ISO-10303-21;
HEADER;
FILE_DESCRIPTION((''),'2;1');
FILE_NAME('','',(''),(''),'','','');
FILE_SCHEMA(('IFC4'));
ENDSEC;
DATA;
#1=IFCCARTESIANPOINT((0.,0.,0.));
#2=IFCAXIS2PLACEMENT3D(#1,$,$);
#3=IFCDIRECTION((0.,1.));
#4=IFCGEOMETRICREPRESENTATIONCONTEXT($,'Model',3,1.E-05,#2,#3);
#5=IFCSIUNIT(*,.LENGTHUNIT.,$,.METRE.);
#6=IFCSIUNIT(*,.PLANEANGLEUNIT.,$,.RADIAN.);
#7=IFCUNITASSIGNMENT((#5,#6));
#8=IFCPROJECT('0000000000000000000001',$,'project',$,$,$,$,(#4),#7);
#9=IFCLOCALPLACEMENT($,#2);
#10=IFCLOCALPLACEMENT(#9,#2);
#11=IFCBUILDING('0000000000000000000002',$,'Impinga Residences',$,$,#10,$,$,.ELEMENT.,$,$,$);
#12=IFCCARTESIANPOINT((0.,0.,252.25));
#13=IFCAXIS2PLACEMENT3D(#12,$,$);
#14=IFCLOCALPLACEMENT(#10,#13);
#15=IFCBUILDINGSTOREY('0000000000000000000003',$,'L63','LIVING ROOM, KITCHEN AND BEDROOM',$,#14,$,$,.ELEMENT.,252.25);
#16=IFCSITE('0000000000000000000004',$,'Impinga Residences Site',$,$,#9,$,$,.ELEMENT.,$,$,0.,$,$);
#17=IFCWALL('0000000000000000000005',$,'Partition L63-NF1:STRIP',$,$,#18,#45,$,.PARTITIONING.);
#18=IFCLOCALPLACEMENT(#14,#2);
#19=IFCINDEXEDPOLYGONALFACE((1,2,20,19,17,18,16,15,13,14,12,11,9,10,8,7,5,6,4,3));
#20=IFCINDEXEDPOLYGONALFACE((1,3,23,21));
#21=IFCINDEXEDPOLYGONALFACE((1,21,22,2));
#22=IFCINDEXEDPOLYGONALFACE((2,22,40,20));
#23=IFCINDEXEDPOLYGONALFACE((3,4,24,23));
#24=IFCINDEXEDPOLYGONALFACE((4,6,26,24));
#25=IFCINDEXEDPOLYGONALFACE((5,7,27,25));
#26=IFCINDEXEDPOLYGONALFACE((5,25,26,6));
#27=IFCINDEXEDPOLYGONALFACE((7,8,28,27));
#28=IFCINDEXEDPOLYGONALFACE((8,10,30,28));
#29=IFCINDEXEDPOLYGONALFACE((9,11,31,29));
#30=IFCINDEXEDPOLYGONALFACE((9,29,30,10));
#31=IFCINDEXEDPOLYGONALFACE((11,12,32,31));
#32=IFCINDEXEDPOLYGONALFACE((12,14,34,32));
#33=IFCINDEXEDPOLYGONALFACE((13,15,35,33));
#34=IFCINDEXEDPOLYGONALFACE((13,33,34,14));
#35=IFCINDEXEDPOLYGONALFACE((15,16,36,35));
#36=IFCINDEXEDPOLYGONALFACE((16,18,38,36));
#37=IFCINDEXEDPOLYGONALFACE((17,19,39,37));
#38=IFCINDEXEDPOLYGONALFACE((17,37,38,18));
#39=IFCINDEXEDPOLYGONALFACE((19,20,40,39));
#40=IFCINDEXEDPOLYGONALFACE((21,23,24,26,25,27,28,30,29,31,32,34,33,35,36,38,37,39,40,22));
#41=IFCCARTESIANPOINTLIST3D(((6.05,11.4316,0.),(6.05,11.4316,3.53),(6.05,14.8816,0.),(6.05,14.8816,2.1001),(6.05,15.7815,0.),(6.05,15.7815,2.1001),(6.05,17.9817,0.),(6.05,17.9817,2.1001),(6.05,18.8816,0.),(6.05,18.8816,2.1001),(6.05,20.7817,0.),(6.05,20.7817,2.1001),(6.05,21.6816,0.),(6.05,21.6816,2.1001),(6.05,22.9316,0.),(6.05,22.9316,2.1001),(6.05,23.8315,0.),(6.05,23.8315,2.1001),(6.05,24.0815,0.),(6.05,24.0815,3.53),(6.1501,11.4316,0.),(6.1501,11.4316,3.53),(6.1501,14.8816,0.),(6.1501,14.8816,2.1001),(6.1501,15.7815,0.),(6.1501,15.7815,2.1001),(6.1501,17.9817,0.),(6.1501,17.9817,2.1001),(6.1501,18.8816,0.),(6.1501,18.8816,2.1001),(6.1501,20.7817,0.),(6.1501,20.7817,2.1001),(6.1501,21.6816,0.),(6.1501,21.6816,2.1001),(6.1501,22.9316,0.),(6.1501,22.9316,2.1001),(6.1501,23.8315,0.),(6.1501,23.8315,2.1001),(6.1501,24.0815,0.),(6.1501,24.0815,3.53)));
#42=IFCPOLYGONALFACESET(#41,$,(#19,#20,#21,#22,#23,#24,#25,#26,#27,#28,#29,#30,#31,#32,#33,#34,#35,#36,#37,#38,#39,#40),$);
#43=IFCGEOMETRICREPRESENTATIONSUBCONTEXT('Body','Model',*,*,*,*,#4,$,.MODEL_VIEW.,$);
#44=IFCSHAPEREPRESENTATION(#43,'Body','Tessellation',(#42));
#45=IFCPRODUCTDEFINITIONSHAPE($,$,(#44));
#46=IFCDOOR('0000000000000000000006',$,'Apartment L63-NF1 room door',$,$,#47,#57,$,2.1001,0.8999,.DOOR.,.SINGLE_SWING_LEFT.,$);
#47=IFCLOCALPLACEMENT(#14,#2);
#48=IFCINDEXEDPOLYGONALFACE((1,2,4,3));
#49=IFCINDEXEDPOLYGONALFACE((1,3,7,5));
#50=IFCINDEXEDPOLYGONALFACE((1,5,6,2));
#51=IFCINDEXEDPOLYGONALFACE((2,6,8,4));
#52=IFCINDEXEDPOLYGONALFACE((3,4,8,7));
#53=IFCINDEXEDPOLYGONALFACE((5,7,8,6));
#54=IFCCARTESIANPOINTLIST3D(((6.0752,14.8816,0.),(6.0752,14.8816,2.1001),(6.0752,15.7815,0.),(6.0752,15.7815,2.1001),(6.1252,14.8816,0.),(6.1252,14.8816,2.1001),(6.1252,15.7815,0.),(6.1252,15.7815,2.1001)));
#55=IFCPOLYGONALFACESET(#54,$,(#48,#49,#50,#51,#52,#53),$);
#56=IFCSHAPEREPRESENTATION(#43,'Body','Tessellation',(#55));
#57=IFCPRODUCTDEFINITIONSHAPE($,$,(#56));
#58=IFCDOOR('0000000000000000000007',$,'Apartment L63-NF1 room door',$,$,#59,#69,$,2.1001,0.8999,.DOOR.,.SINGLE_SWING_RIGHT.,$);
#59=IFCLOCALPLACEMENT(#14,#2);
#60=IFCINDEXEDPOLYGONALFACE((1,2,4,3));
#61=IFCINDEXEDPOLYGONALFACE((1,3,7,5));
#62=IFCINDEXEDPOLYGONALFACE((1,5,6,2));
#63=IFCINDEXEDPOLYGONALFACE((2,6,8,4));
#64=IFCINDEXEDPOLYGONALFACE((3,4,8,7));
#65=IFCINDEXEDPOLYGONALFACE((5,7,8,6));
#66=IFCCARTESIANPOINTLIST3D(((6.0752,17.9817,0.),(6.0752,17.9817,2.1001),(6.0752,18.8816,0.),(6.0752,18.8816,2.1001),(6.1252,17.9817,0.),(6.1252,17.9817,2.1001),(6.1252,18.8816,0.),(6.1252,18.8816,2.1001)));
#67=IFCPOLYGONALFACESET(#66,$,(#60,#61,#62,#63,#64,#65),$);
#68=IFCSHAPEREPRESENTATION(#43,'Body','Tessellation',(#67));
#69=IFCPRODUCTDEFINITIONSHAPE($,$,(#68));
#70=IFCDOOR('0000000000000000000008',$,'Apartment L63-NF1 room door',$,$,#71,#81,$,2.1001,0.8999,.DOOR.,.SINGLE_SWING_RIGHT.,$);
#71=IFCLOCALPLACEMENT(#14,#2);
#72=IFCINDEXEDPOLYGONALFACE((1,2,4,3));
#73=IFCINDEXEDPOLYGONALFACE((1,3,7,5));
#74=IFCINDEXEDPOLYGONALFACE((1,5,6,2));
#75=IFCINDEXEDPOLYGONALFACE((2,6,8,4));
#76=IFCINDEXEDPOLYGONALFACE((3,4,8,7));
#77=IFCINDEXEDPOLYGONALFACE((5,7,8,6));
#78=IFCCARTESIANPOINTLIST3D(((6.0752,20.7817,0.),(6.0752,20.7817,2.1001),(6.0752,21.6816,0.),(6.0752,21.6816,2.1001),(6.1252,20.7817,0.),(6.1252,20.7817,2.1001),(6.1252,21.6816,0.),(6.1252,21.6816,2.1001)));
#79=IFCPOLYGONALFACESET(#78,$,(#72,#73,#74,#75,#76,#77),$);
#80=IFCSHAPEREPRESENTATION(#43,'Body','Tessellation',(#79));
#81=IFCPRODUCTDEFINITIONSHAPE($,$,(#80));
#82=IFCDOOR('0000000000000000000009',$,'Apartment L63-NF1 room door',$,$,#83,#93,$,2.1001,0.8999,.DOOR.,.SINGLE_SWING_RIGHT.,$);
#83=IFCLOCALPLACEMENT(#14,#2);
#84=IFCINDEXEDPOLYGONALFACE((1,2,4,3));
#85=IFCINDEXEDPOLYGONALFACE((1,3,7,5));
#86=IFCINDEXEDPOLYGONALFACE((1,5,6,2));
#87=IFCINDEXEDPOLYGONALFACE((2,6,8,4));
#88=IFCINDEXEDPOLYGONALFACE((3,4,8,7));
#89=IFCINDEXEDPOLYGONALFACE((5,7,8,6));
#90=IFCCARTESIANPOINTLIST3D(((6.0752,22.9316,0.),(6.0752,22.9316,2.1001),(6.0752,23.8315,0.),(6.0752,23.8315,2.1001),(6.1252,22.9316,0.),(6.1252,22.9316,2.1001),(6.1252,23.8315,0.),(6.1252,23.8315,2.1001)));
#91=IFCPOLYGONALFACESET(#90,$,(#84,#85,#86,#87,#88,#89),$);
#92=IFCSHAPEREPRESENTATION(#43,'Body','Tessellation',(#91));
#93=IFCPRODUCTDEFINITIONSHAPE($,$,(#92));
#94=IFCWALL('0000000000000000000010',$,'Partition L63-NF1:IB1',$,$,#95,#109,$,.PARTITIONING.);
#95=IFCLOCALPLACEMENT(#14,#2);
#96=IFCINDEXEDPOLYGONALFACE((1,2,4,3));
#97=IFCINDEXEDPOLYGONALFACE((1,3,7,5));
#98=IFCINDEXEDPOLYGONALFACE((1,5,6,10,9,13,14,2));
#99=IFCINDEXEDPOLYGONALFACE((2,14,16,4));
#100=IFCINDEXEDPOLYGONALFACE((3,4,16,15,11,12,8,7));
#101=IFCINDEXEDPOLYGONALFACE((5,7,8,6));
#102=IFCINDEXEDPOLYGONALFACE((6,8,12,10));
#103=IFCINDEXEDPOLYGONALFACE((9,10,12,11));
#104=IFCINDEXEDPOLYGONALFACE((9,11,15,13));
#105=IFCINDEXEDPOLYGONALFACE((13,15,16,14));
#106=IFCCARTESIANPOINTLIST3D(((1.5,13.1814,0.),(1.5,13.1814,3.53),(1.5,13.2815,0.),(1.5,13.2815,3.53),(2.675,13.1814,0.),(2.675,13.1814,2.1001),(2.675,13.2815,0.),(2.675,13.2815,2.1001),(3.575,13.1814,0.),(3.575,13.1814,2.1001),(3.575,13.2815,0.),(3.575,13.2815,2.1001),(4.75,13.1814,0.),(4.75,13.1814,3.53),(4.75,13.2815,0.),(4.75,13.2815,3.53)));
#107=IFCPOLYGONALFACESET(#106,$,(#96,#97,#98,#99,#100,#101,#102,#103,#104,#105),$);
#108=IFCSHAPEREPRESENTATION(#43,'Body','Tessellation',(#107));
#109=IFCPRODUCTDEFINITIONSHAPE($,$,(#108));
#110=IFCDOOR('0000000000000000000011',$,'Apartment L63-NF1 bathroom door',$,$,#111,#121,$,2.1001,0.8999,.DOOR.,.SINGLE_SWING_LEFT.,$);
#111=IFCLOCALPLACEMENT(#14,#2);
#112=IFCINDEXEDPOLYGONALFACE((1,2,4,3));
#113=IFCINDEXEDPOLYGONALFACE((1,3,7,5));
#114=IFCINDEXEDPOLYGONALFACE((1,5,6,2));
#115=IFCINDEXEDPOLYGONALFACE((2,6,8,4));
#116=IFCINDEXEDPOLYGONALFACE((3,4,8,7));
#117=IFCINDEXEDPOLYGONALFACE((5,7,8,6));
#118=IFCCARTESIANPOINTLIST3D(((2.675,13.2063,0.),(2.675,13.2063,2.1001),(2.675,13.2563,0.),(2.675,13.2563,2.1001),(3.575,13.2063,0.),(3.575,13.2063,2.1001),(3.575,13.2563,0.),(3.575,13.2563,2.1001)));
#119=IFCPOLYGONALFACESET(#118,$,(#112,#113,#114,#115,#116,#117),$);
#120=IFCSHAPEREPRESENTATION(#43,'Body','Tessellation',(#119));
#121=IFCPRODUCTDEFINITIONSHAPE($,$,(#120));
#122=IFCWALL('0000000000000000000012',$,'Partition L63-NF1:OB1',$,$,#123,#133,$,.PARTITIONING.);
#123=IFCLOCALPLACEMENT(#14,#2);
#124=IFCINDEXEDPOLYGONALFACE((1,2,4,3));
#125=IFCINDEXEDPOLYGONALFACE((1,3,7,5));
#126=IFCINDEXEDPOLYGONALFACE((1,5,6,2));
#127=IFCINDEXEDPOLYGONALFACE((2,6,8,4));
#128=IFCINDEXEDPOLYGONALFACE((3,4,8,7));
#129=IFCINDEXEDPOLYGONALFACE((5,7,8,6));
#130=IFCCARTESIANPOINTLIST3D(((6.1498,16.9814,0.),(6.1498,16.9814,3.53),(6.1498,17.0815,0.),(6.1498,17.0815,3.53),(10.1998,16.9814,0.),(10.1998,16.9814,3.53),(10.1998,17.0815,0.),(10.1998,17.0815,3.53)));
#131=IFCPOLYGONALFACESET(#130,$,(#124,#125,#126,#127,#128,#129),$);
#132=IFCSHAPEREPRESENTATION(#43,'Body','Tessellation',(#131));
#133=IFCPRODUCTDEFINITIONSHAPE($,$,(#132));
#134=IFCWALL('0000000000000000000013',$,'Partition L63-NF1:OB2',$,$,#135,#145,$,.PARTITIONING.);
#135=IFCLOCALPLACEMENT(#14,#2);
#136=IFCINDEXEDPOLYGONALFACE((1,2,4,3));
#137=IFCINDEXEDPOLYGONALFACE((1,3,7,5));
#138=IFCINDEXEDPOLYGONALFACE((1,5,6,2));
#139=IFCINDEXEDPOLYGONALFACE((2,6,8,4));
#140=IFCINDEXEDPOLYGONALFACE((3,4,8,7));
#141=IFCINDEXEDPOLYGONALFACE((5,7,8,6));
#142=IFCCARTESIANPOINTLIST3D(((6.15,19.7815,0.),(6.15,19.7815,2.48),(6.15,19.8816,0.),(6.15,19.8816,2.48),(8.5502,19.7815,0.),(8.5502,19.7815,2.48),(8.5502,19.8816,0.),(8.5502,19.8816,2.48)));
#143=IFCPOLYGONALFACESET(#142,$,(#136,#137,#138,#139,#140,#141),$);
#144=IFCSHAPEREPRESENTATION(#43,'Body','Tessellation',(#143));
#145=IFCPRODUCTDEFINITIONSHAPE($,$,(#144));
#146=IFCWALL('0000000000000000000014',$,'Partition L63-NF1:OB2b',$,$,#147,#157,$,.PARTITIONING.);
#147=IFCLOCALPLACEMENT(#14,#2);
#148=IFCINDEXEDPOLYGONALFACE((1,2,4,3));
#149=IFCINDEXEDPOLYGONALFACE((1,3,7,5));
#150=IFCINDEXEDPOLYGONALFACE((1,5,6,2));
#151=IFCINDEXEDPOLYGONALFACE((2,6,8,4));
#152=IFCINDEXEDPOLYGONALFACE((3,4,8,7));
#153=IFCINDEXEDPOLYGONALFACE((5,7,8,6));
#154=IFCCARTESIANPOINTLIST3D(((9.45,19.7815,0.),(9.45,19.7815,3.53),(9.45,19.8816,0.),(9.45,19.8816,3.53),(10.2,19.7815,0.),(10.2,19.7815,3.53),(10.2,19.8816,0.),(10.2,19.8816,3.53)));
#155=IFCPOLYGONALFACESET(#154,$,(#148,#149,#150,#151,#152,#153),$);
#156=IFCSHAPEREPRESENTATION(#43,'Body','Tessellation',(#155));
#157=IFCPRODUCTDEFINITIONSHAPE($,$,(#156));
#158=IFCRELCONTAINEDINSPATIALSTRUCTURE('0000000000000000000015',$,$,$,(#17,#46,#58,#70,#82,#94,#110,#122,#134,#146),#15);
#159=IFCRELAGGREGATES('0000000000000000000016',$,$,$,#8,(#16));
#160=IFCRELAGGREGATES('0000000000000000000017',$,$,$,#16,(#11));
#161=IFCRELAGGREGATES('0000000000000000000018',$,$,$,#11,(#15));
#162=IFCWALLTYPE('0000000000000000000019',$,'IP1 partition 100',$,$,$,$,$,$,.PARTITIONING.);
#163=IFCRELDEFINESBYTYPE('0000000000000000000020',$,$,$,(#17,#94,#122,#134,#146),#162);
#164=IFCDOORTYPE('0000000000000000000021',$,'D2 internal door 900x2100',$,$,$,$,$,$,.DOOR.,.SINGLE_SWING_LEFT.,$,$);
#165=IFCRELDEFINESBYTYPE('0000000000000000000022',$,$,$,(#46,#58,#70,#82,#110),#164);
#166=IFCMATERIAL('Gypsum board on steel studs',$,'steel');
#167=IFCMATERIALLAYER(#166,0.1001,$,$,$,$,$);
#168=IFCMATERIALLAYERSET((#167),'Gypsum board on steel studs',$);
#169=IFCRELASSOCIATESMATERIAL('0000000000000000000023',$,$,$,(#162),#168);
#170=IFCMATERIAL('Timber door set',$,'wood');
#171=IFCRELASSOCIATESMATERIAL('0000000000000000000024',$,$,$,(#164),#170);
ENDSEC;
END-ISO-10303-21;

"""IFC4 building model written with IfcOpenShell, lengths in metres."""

from ifc_helpers import new_model, si_unit, direction, frame, frame_2d, origin, place, context, subcontext, project, spatial, rectangle, extrude, material, layer, layer_set, type_object, element, fill, save


model = new_model("IFC4")

# Units and contexts
model_context = context("Model", 3, precision=1e-05, world=origin(), true_north=direction((0.0, 1.0)))
body_context = subcontext(model_context, "Body", "Model", "MODEL_VIEW")
ifc_project = project(units=[si_unit("LENGTHUNIT", "METRE"), si_unit("PLANEANGLEUNIT", "RADIAN")], contexts=[model_context])

# Site, building, storey
site_placement = place(None, origin())
site = spatial("IfcSite", under=ifc_project, at=site_placement, Name="Impinga Residences Site", CompositionType="ELEMENT", RefElevation=0.0)
building_placement = place(site_placement, origin())
building = spatial("IfcBuilding", under=site, at=building_placement, Name="Impinga Residences", CompositionType="ELEMENT")
storey_placement = place(building_placement, frame((0.0, 0.0, 252.25)))
storey = spatial("IfcBuildingStorey", under=building, at=storey_placement, Name="L63", Description="LIVING ROOM, KITCHEN AND BEDROOM", CompositionType="ELEMENT", Elevation=252.25)

# Shared definitions
ifc_material_1 = material(Name="Gypsum board on steel studs", Category="steel")
ifc_layer_1 = layer(ifc_material_1, 0.1001)
ifc_layer_set_1 = layer_set([ifc_layer_1], Name="Gypsum board on steel studs")
wall_type_1 = type_object("IfcWallType", Name="IP1 partition 100", PredefinedType="PARTITIONING", material=ifc_layer_set_1)

# Wall, openings, doors
wall_1_placement = place(storey_placement, frame((6.1001, 11.4316, 0.0), z_axis=(0.0, 0.0, 1.0), x_axis=(0.0, 1.0, 0.0)))
wall_1 = element("IfcWall", 1, at=wall_1_placement, inside=storey, type_object=wall_type_1, Name="Partition L63-NF1:STRIP", PredefinedType="PARTITIONING", context=body_context, shape_type="SweptSolid", body=[
    extrude(rectangle(XDim=12.6499, YDim=0.1001, at=frame_2d((6.325, 0.0))), origin(), (0.0, 0.0, 1.0), 3.53),
])
opening_1_placement = place(wall_1_placement, frame((3.45, 0.0, 0.0)))
opening_1 = element("IfcOpeningElement", 2, at=opening_1_placement, cuts=wall_1, PredefinedType="OPENING", context=body_context, shape_type="SweptSolid", body=[
    extrude(rectangle(XDim=0.8999, YDim=2.1001, at=frame_2d((0.45, 1.05))), frame((0.0, 0.0601, 0.0), z_axis=(0.0, -1.0, 0.0), x_axis=(1.0, 0.0, 0.0)), (0.0, 0.0, 1.0), 0.1201),
])
opening_2_placement = place(wall_1_placement, frame((6.55, 0.0, 0.0)))
opening_2 = element("IfcOpeningElement", 3, at=opening_2_placement, cuts=wall_1, PredefinedType="OPENING", context=body_context, shape_type="SweptSolid", body=[
    extrude(rectangle(XDim=0.8999, YDim=2.1001, at=frame_2d((0.45, 1.05))), frame((0.0, 0.0601, 0.0), z_axis=(0.0, -1.0, 0.0), x_axis=(1.0, 0.0, 0.0)), (0.0, 0.0, 1.0), 0.1201),
])
opening_3_placement = place(wall_1_placement, frame((9.3501, 0.0, 0.0)))
opening_3 = element("IfcOpeningElement", 4, at=opening_3_placement, cuts=wall_1, PredefinedType="OPENING", context=body_context, shape_type="SweptSolid", body=[
    extrude(rectangle(XDim=0.8999, YDim=2.1001, at=frame_2d((0.45, 1.05))), frame((0.0, 0.0601, 0.0), z_axis=(0.0, -1.0, 0.0), x_axis=(1.0, 0.0, 0.0)), (0.0, 0.0, 1.0), 0.1201),
])
opening_4_placement = place(wall_1_placement, frame((11.5, 0.0, 0.0)))
opening_4 = element("IfcOpeningElement", 5, at=opening_4_placement, cuts=wall_1, PredefinedType="OPENING", context=body_context, shape_type="SweptSolid", body=[
    extrude(rectangle(XDim=0.8999, YDim=2.1001, at=frame_2d((0.45, 1.05))), frame((0.0, 0.0601, 0.0), z_axis=(0.0, -1.0, 0.0), x_axis=(1.0, 0.0, 0.0)), (0.0, 0.0, 1.0), 0.1201),
])
ifc_material_2 = material(Name="Timber door set", Category="wood")
door_type = type_object("IfcDoorType", Name="D2 internal door 900x2100", OperationType="SINGLE_SWING_LEFT", PredefinedType="DOOR", material=ifc_material_2)
door_1_placement = place(opening_1_placement, origin())
door_1 = element("IfcDoor", 6, at=door_1_placement, inside=storey, type_object=door_type, Name="Apartment L63-NF1 room door", OperationType="SINGLE_SWING_LEFT", OverallHeight=2.1001, OverallWidth=0.8999, PredefinedType="DOOR", context=body_context, shape_type="SweptSolid", body=[
    extrude(rectangle(XDim=0.8999, YDim=2.1001, at=frame_2d((0.45, 1.05))), frame((0.0, 0.0249, 0.0), z_axis=(0.0, -1.0, 0.0), x_axis=(1.0, 0.0, 0.0)), (0.0, 0.0, 1.0), 0.05),
])
fill(opening_1, door_1)
door_2_placement = place(opening_2_placement, origin())
door_2 = element("IfcDoor", 7, at=door_2_placement, inside=storey, type_object=door_type, Name="Apartment L63-NF1 room door", OperationType="SINGLE_SWING_RIGHT", OverallHeight=2.1001, OverallWidth=0.8999, PredefinedType="DOOR", context=body_context, shape_type="SweptSolid", body=[
    extrude(rectangle(XDim=0.8999, YDim=2.1001, at=frame_2d((0.45, 1.05))), frame((0.0, 0.0249, 0.0), z_axis=(0.0, -1.0, 0.0), x_axis=(1.0, 0.0, 0.0)), (0.0, 0.0, 1.0), 0.05),
])
fill(opening_2, door_2)
door_3_placement = place(opening_3_placement, origin())
door_3 = element("IfcDoor", 8, at=door_3_placement, inside=storey, type_object=door_type, Name="Apartment L63-NF1 room door", OperationType="SINGLE_SWING_RIGHT", OverallHeight=2.1001, OverallWidth=0.8999, PredefinedType="DOOR", context=body_context, shape_type="SweptSolid", body=[
    extrude(rectangle(XDim=0.8999, YDim=2.1001, at=frame_2d((0.45, 1.05))), frame((0.0, 0.0249, 0.0), z_axis=(0.0, -1.0, 0.0), x_axis=(1.0, 0.0, 0.0)), (0.0, 0.0, 1.0), 0.05),
])
fill(opening_3, door_3)
door_4_placement = place(opening_4_placement, origin())
door_4 = element("IfcDoor", 9, at=door_4_placement, inside=storey, type_object=door_type, Name="Apartment L63-NF1 room door", OperationType="SINGLE_SWING_RIGHT", OverallHeight=2.1001, OverallWidth=0.8999, PredefinedType="DOOR", context=body_context, shape_type="SweptSolid", body=[
    extrude(rectangle(XDim=0.8999, YDim=2.1001, at=frame_2d((0.45, 1.05))), frame((0.0, 0.0249, 0.0), z_axis=(0.0, -1.0, 0.0), x_axis=(1.0, 0.0, 0.0)), (0.0, 0.0, 1.0), 0.05),
])
fill(opening_4, door_4)

# Wall, opening, door
wall_2_placement = place(storey_placement, frame((1.5, 13.2314, 0.0), z_axis=(0.0, 0.0, 1.0), x_axis=(1.0, 0.0, 0.0)))
wall_2 = element("IfcWall", 10, at=wall_2_placement, inside=storey, type_object=wall_type_1, Name="Partition L63-NF1:IB1", PredefinedType="PARTITIONING", context=body_context, shape_type="SweptSolid", body=[
    extrude(rectangle(XDim=3.25, YDim=0.1001, at=frame_2d((1.625, 0.0))), origin(), (0.0, 0.0, 1.0), 3.53),
])
opening_5_placement = place(wall_2_placement, frame((1.175, 0.0, 0.0)))
opening_5 = element("IfcOpeningElement", 11, at=opening_5_placement, cuts=wall_2, PredefinedType="OPENING", context=body_context, shape_type="SweptSolid", body=[
    extrude(rectangle(XDim=0.8999, YDim=2.1001, at=frame_2d((0.45, 1.05))), frame((0.0, 0.0601, 0.0), z_axis=(0.0, -1.0, 0.0), x_axis=(1.0, 0.0, 0.0)), (0.0, 0.0, 1.0), 0.1201),
])
door_5_placement = place(opening_5_placement, origin())
door_5 = element("IfcDoor", 12, at=door_5_placement, inside=storey, type_object=door_type, Name="Apartment L63-NF1 bathroom door", OperationType="SINGLE_SWING_LEFT", OverallHeight=2.1001, OverallWidth=0.8999, PredefinedType="DOOR", context=body_context, shape_type="SweptSolid", body=[
    extrude(rectangle(XDim=0.8999, YDim=2.1001, at=frame_2d((0.45, 1.05))), frame((0.0, 0.0249, 0.0), z_axis=(0.0, -1.0, 0.0), x_axis=(1.0, 0.0, 0.0)), (0.0, 0.0, 1.0), 0.05),
])
fill(opening_5, door_5)

# Walls
wall_3_placement = place(storey_placement, frame((6.1499, 17.0315, 0.0), z_axis=(0.0, 0.0, 1.0), x_axis=(1.0, 0.0, 0.0)))
element("IfcWall", 13, at=wall_3_placement, inside=storey, type_object=wall_type_1, Name="Partition L63-NF1:OB1", PredefinedType="PARTITIONING", context=body_context, shape_type="SweptSolid", body=[
    extrude(rectangle(XDim=4.05, YDim=0.1001, at=frame_2d((2.0249, 0.0))), origin(), (0.0, 0.0, 1.0), 3.53),
])
wall_4_placement = place(storey_placement, frame((6.1499, 19.8315, 0.0), z_axis=(0.0, 0.0, 1.0), x_axis=(1.0, 0.0, 0.0)))
element("IfcWall", 14, at=wall_4_placement, inside=storey, type_object=wall_type_1, Name="Partition L63-NF1:OB2", PredefinedType="PARTITIONING", context=body_context, shape_type="SweptSolid", body=[
    extrude(rectangle(XDim=2.4001, YDim=0.1001, at=frame_2d((1.2002, 0.0))), origin(), (0.0, 0.0, 1.0), 2.48),
])
wall_5_placement = place(storey_placement, frame((9.45, 19.8315, 0.0), z_axis=(0.0, 0.0, 1.0), x_axis=(1.0, 0.0, 0.0)))
element("IfcWall", 15, at=wall_5_placement, inside=storey, type_object=wall_type_1, Name="Partition L63-NF1:OB2b", PredefinedType="PARTITIONING", context=body_context, shape_type="SweptSolid", body=[
    extrude(rectangle(XDim=0.75, YDim=0.1001, at=frame_2d((0.375, 0.0))), origin(), (0.0, 0.0, 1.0), 3.53),
])

save(model, "model.ifc")
